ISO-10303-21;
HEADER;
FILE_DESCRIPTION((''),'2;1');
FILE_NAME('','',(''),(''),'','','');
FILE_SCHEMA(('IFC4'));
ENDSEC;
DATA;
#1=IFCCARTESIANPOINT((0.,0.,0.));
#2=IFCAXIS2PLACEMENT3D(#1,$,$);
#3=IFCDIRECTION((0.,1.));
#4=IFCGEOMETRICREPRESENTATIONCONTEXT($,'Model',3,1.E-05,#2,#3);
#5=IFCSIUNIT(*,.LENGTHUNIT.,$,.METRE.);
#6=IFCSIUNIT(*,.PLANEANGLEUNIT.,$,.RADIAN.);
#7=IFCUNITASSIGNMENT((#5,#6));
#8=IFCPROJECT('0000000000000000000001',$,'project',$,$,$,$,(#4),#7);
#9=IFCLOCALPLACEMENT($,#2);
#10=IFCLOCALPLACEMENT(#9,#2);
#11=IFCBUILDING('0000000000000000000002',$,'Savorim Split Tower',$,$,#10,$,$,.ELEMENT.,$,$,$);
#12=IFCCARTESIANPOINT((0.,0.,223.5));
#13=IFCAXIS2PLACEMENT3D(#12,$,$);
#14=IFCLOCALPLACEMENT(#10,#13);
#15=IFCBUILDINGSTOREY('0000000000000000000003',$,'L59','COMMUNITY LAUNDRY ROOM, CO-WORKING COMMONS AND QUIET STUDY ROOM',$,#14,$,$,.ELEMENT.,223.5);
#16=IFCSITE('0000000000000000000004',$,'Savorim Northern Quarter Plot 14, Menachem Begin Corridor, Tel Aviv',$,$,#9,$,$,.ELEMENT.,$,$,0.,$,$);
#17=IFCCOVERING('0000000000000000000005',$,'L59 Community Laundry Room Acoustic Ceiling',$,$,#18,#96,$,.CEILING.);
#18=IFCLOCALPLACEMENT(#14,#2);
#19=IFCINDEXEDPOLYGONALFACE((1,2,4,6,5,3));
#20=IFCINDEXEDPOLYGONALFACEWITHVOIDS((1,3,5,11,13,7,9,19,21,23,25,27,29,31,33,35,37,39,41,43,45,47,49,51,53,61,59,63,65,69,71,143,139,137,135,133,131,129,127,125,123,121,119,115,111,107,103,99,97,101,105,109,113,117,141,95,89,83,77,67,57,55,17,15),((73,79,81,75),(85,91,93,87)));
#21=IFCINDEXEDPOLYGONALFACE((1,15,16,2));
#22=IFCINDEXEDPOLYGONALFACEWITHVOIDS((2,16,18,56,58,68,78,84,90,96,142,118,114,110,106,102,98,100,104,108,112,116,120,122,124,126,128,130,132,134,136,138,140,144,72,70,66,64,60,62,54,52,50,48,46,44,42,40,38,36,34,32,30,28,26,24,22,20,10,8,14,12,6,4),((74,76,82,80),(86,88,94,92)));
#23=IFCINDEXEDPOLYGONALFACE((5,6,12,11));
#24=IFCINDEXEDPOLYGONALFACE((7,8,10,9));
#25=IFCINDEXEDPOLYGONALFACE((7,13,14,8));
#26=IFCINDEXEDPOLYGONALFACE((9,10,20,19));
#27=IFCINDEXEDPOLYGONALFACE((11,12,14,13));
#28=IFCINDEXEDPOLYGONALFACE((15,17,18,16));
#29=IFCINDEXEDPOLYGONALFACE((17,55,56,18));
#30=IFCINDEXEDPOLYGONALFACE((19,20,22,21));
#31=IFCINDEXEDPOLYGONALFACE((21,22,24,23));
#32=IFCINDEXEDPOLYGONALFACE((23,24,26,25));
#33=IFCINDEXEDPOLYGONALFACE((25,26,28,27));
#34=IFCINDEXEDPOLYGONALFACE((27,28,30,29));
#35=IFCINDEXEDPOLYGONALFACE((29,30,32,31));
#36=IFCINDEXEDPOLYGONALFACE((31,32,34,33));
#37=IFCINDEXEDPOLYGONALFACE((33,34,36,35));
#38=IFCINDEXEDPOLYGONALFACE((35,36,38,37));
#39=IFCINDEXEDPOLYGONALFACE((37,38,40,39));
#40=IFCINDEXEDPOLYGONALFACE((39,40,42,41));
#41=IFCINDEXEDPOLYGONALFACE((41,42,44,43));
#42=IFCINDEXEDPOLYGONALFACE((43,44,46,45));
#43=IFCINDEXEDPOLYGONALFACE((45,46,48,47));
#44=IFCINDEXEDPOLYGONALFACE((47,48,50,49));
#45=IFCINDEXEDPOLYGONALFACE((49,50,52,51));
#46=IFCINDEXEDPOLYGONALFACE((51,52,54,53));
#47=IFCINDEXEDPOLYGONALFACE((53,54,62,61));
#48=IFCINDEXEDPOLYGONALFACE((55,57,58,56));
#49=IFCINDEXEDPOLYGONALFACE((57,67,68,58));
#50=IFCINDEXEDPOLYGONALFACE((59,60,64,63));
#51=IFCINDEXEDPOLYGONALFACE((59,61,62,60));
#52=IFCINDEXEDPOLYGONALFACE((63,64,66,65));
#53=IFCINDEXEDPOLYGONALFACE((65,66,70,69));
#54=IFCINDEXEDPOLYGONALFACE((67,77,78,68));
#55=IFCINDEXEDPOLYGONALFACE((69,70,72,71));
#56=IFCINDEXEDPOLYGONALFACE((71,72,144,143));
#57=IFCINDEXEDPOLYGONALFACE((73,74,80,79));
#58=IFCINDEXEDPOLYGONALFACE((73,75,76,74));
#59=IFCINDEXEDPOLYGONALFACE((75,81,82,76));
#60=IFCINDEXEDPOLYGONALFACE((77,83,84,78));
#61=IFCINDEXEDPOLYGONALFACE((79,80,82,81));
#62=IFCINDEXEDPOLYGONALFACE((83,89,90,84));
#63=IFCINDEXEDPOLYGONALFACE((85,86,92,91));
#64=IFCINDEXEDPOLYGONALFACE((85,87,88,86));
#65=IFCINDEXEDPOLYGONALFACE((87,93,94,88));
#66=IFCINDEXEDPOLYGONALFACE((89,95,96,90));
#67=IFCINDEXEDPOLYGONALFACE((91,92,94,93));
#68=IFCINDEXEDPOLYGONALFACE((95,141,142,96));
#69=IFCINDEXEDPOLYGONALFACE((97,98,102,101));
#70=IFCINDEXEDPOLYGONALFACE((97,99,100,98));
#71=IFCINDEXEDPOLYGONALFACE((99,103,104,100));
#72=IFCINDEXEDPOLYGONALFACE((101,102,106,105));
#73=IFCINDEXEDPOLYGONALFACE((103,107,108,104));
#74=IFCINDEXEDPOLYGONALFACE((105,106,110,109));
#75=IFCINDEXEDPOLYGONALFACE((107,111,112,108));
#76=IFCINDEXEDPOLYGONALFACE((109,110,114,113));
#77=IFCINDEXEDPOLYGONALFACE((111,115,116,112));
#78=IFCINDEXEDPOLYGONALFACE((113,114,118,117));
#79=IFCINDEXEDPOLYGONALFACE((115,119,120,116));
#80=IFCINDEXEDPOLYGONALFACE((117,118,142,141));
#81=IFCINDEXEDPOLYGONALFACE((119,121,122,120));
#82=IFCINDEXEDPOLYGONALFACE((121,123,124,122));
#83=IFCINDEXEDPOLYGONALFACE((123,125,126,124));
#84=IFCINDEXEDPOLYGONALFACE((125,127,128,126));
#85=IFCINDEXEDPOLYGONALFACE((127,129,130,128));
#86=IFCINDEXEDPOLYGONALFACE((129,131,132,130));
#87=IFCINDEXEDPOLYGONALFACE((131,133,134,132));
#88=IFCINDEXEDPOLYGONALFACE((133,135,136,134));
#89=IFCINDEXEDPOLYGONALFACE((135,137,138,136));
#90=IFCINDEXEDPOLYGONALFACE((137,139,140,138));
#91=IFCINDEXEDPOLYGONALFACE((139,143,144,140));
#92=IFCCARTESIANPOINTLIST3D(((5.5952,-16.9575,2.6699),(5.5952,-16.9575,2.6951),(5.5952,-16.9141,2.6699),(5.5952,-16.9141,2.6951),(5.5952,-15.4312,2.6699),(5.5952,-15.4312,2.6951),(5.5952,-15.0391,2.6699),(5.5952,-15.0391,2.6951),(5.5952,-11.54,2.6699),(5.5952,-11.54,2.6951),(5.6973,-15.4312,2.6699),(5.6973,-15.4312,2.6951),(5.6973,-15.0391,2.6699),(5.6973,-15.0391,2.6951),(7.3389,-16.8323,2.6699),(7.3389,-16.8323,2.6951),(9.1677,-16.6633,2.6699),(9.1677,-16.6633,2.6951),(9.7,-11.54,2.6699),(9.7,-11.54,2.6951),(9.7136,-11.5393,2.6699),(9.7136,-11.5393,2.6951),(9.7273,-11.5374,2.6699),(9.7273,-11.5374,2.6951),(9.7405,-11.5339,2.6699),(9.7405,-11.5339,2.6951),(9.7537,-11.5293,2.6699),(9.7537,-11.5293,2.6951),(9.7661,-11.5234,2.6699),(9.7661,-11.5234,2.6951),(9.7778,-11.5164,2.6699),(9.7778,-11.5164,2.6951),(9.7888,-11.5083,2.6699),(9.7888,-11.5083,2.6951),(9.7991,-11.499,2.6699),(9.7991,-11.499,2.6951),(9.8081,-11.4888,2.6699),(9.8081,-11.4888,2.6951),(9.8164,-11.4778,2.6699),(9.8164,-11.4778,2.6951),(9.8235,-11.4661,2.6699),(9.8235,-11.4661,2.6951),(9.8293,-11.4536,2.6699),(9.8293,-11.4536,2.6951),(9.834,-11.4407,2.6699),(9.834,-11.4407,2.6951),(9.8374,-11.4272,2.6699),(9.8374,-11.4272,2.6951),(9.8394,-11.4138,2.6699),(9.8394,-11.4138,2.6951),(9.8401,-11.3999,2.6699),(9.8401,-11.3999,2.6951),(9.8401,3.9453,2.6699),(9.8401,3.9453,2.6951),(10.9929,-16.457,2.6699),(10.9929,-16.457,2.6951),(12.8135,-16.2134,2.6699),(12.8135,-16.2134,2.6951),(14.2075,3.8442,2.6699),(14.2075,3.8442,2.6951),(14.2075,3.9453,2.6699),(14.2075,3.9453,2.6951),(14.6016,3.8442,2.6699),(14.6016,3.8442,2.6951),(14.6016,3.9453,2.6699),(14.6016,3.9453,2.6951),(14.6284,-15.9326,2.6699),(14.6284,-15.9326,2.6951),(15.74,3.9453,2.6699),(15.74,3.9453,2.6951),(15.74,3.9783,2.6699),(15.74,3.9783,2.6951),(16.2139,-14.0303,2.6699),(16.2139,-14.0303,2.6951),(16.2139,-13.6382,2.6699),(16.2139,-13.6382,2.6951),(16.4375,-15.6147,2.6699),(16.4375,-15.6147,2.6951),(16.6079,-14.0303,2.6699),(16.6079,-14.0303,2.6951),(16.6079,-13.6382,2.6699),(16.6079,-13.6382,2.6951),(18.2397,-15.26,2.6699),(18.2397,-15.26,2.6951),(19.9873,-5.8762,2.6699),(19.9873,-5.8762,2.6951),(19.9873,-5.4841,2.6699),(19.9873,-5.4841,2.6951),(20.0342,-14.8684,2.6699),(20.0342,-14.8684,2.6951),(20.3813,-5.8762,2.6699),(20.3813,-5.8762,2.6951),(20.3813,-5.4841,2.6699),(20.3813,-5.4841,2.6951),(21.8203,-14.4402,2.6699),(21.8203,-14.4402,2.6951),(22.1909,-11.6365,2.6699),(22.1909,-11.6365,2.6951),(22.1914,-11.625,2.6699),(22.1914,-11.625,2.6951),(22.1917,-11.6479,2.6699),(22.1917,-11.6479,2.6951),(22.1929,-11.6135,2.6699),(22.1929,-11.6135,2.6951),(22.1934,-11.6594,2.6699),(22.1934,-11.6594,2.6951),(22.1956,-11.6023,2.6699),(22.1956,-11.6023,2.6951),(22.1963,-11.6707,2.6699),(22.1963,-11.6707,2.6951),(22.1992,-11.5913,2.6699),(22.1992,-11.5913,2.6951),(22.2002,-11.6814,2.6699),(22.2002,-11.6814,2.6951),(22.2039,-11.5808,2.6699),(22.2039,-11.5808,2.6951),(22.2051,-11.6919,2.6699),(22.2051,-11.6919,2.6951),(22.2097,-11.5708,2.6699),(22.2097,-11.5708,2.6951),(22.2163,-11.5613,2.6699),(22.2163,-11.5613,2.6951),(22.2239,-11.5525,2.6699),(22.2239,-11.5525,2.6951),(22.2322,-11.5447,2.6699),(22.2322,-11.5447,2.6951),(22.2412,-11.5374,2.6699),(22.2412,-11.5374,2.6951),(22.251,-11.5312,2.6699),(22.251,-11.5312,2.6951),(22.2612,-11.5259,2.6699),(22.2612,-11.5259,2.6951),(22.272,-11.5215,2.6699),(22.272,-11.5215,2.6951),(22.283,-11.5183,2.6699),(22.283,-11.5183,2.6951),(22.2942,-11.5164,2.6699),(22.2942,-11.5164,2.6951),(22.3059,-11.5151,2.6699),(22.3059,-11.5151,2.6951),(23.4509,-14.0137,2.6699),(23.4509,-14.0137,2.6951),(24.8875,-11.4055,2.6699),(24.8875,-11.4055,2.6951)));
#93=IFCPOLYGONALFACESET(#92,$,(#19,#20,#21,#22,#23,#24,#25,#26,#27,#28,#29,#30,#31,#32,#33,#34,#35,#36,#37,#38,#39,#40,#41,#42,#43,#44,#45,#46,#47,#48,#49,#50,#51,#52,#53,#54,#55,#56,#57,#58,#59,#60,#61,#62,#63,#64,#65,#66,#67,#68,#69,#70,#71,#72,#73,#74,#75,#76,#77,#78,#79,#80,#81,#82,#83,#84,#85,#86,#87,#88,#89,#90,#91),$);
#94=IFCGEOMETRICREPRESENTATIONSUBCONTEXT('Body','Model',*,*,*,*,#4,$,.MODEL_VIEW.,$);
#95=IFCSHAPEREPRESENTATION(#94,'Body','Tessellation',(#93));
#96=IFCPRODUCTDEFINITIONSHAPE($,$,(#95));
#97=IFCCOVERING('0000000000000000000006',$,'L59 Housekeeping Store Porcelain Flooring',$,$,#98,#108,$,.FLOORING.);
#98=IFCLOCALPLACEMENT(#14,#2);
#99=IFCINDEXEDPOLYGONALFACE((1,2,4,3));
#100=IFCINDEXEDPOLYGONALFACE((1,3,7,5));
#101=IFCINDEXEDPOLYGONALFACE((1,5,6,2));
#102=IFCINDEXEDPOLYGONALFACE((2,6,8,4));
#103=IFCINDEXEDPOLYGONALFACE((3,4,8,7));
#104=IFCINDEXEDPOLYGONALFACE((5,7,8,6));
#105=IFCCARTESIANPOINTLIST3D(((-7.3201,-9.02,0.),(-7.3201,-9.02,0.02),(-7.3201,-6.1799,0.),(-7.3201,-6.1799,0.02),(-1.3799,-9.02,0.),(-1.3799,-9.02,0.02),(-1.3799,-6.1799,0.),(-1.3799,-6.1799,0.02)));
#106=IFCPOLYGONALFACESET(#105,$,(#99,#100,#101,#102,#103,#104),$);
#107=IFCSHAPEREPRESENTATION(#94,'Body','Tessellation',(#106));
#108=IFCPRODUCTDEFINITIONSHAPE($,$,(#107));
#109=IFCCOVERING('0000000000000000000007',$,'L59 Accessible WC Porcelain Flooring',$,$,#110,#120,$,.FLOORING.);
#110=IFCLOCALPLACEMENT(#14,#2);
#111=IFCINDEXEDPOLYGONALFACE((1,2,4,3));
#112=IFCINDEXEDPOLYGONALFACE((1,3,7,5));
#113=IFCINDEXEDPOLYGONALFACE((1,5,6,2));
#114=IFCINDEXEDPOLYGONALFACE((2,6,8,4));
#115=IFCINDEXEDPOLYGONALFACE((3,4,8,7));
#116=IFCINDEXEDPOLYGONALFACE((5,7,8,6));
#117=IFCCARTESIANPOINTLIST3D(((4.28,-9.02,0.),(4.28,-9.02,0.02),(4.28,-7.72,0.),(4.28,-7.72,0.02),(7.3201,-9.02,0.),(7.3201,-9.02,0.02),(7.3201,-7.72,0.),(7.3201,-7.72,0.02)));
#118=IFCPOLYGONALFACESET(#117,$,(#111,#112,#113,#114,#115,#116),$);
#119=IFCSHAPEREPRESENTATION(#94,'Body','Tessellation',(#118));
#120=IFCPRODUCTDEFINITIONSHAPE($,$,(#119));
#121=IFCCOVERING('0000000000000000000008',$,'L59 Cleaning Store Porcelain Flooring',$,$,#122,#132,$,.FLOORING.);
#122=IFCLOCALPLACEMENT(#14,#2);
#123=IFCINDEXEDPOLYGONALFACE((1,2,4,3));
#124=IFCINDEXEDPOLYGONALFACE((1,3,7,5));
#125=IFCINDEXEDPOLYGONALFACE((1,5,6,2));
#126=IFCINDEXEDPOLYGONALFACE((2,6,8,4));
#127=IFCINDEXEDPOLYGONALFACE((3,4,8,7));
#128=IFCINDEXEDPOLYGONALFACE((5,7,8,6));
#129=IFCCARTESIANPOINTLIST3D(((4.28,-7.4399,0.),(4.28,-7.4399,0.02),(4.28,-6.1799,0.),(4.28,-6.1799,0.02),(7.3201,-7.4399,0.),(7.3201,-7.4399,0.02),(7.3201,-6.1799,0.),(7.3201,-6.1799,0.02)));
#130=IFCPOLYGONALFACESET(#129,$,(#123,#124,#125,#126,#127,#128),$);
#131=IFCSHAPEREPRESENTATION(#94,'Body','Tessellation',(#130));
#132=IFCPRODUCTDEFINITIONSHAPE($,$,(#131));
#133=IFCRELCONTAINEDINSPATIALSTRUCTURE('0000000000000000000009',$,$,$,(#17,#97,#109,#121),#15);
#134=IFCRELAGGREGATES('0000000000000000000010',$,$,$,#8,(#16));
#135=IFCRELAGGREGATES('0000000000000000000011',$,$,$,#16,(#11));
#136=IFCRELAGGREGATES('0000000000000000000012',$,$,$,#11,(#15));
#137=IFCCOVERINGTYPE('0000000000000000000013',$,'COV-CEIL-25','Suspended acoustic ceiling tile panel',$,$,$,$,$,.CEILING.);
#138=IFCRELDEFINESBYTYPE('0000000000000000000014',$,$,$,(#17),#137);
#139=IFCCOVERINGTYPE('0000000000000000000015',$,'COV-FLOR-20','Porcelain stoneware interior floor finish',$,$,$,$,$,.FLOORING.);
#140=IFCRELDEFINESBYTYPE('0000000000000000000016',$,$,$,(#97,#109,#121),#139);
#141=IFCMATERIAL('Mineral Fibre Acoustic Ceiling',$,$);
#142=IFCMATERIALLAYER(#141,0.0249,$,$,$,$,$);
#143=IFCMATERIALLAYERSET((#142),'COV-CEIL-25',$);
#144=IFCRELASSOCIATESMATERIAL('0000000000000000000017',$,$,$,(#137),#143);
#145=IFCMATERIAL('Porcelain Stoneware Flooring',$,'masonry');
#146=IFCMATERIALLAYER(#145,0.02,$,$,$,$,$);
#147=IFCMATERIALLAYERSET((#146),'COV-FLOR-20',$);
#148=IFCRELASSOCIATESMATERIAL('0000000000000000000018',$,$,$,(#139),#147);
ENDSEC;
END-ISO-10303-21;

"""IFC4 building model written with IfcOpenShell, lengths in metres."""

from ifc_helpers import new_model, si_unit, direction, frame, origin, place, context, subcontext, project, spatial, polyline, outline, extrude, material, layer, layer_set, type_object, element, save


model = new_model("IFC4")

# Units and contexts
model_context = context("Model", 3, precision=1e-05, world=origin(), true_north=direction((0.0, 1.0)))
body_context = subcontext(model_context, "Body", "Model", "MODEL_VIEW")
ifc_project = project(units=[si_unit("LENGTHUNIT", "METRE"), si_unit("PLANEANGLEUNIT", "RADIAN")], contexts=[model_context])

# Site, building, storey
site_placement = place(None, origin())
site = spatial("IfcSite", under=ifc_project, at=site_placement, Name="Savorim Northern Quarter Plot 14, Menachem Begin Corridor, Tel Aviv", CompositionType="ELEMENT", RefElevation=0.0)
building_placement = place(site_placement, origin())
building = spatial("IfcBuilding", under=site, at=building_placement, Name="Savorim Split Tower", CompositionType="ELEMENT")
storey_placement = place(building_placement, frame((0.0, 0.0, 223.5)))
storey = spatial("IfcBuildingStorey", under=building, at=storey_placement, Name="L59", Description="COMMUNITY LAUNDRY ROOM, CO-WORKING COMMONS AND QUIET STUDY ROOM", CompositionType="ELEMENT", Elevation=223.5)

# Coverings
ifc_material_1 = material(Name="Mineral Fibre Acoustic Ceiling")
ifc_layer_1 = layer(ifc_material_1, 0.0249)
ifc_layer_set_1 = layer_set([ifc_layer_1], Name="COV-CEIL-25")
covering_type_1 = type_object("IfcCoveringType", Name="COV-CEIL-25", Description="Suspended acoustic ceiling tile panel", PredefinedType="CEILING", material=ifc_layer_set_1)
covering_1_placement = place(storey_placement, frame((0.0, 0.0, 2.6699)))
element("IfcCovering", 1, at=covering_1_placement, inside=storey, type_object=covering_type_1, Name="L59 Community Laundry Room Acoustic Ceiling", PredefinedType="CEILING", context=body_context, shape_type="SweptSolid", body=[
    extrude(outline(polyline([(22.283, -11.5183), (22.2942, -11.5164), (22.3059, -11.5151), (24.8875, -11.4055), (15.74, 3.9783), (15.74, 3.9453), (14.6016, 3.9453), (14.6016, 3.8442), (14.2075, 3.8442), (14.2075, 3.9453), (9.8401, 3.9453), (9.8401, -11.3999), (9.8394, -11.4138), (9.8374, -11.4272), (9.834, -11.4407), (9.8293, -11.4536), (9.8235, -11.4661), (9.8164, -11.4778), (9.8081, -11.4888), (9.7991, -11.499), (9.7888, -11.5083), (9.7778, -11.5164), (9.7661, -11.5234), (9.7537, -11.5293), (9.7405, -11.5339), (9.7273, -11.5374), (9.7136, -11.5393), (9.7, -11.54), (5.5952, -11.54), (5.5952, -15.0391), (5.6973, -15.0391), (5.6973, -15.4312), (5.5952, -15.4312), (5.5952, -16.9141), (5.5952, -16.9575), (7.3389, -16.8323), (9.1677, -16.6633), (10.9929, -16.457), (12.8135, -16.2134), (14.6284, -15.9326), (16.4375, -15.6147), (18.2397, -15.26), (20.0342, -14.8684), (21.8203, -14.4402), (23.4509, -14.0137), (22.2051, -11.6919), (22.2002, -11.6814), (22.1963, -11.6707), (22.1934, -11.6594), (22.1917, -11.6479), (22.1909, -11.6365), (22.1914, -11.625), (22.1929, -11.6135), (22.1956, -11.6023), (22.1992, -11.5913), (22.2039, -11.5808), (22.2097, -11.5708), (22.2163, -11.5613), (22.2239, -11.5525), (22.2322, -11.5447), (22.2412, -11.5374), (22.251, -11.5312), (22.2612, -11.5259), (22.272, -11.5215), (22.283, -11.5183)]), holes=[polyline([(16.6079, -14.0303), (16.6079, -13.6382), (16.2139, -13.6382), (16.2139, -14.0303), (16.6079, -14.0303)]), polyline([(20.3813, -5.8762), (20.3813, -5.4841), (19.9873, -5.4841), (19.9873, -5.8762), (20.3813, -5.8762)])]), origin(), (0.0, 0.0, 1.0), 0.0251),
])
ifc_material_2 = material(Name="Porcelain Stoneware Flooring", Category="masonry")
ifc_layer_2 = layer(ifc_material_2, 0.02)
ifc_layer_set_2 = layer_set([ifc_layer_2], Name="COV-FLOR-20")
covering_type_2 = type_object("IfcCoveringType", Name="COV-FLOR-20", Description="Porcelain stoneware interior floor finish", PredefinedType="FLOORING", material=ifc_layer_set_2)
covering_2_placement = place(storey_placement, origin())
element("IfcCovering", 2, at=covering_2_placement, inside=storey, type_object=covering_type_2, Name="L59 Housekeeping Store Porcelain Flooring", PredefinedType="FLOORING", context=body_context, shape_type="SweptSolid", body=[
    extrude(outline(polyline([(-7.3201, -6.1799), (-7.3201, -9.02), (-1.3799, -9.02), (-1.3799, -6.1799), (-7.3201, -6.1799)])), origin(), (0.0, 0.0, 1.0), 0.02),
])
covering_3_placement = place(storey_placement, origin())
element("IfcCovering", 3, at=covering_3_placement, inside=storey, type_object=covering_type_2, Name="L59 Accessible WC Porcelain Flooring", PredefinedType="FLOORING", context=body_context, shape_type="SweptSolid", body=[
    extrude(outline(polyline([(4.28, -7.72), (4.28, -9.02), (7.3201, -9.02), (7.3201, -7.72), (4.28, -7.72)])), origin(), (0.0, 0.0, 1.0), 0.02),
])
covering_4_placement = place(storey_placement, origin())
element("IfcCovering", 4, at=covering_4_placement, inside=storey, type_object=covering_type_2, Name="L59 Cleaning Store Porcelain Flooring", PredefinedType="FLOORING", context=body_context, shape_type="SweptSolid", body=[
    extrude(outline(polyline([(4.28, -6.1799), (4.28, -7.4399), (7.3201, -7.4399), (7.3201, -6.1799), (4.28, -6.1799)])), origin(), (0.0, 0.0, 1.0), 0.02),
])

save(model, "model.ifc")
